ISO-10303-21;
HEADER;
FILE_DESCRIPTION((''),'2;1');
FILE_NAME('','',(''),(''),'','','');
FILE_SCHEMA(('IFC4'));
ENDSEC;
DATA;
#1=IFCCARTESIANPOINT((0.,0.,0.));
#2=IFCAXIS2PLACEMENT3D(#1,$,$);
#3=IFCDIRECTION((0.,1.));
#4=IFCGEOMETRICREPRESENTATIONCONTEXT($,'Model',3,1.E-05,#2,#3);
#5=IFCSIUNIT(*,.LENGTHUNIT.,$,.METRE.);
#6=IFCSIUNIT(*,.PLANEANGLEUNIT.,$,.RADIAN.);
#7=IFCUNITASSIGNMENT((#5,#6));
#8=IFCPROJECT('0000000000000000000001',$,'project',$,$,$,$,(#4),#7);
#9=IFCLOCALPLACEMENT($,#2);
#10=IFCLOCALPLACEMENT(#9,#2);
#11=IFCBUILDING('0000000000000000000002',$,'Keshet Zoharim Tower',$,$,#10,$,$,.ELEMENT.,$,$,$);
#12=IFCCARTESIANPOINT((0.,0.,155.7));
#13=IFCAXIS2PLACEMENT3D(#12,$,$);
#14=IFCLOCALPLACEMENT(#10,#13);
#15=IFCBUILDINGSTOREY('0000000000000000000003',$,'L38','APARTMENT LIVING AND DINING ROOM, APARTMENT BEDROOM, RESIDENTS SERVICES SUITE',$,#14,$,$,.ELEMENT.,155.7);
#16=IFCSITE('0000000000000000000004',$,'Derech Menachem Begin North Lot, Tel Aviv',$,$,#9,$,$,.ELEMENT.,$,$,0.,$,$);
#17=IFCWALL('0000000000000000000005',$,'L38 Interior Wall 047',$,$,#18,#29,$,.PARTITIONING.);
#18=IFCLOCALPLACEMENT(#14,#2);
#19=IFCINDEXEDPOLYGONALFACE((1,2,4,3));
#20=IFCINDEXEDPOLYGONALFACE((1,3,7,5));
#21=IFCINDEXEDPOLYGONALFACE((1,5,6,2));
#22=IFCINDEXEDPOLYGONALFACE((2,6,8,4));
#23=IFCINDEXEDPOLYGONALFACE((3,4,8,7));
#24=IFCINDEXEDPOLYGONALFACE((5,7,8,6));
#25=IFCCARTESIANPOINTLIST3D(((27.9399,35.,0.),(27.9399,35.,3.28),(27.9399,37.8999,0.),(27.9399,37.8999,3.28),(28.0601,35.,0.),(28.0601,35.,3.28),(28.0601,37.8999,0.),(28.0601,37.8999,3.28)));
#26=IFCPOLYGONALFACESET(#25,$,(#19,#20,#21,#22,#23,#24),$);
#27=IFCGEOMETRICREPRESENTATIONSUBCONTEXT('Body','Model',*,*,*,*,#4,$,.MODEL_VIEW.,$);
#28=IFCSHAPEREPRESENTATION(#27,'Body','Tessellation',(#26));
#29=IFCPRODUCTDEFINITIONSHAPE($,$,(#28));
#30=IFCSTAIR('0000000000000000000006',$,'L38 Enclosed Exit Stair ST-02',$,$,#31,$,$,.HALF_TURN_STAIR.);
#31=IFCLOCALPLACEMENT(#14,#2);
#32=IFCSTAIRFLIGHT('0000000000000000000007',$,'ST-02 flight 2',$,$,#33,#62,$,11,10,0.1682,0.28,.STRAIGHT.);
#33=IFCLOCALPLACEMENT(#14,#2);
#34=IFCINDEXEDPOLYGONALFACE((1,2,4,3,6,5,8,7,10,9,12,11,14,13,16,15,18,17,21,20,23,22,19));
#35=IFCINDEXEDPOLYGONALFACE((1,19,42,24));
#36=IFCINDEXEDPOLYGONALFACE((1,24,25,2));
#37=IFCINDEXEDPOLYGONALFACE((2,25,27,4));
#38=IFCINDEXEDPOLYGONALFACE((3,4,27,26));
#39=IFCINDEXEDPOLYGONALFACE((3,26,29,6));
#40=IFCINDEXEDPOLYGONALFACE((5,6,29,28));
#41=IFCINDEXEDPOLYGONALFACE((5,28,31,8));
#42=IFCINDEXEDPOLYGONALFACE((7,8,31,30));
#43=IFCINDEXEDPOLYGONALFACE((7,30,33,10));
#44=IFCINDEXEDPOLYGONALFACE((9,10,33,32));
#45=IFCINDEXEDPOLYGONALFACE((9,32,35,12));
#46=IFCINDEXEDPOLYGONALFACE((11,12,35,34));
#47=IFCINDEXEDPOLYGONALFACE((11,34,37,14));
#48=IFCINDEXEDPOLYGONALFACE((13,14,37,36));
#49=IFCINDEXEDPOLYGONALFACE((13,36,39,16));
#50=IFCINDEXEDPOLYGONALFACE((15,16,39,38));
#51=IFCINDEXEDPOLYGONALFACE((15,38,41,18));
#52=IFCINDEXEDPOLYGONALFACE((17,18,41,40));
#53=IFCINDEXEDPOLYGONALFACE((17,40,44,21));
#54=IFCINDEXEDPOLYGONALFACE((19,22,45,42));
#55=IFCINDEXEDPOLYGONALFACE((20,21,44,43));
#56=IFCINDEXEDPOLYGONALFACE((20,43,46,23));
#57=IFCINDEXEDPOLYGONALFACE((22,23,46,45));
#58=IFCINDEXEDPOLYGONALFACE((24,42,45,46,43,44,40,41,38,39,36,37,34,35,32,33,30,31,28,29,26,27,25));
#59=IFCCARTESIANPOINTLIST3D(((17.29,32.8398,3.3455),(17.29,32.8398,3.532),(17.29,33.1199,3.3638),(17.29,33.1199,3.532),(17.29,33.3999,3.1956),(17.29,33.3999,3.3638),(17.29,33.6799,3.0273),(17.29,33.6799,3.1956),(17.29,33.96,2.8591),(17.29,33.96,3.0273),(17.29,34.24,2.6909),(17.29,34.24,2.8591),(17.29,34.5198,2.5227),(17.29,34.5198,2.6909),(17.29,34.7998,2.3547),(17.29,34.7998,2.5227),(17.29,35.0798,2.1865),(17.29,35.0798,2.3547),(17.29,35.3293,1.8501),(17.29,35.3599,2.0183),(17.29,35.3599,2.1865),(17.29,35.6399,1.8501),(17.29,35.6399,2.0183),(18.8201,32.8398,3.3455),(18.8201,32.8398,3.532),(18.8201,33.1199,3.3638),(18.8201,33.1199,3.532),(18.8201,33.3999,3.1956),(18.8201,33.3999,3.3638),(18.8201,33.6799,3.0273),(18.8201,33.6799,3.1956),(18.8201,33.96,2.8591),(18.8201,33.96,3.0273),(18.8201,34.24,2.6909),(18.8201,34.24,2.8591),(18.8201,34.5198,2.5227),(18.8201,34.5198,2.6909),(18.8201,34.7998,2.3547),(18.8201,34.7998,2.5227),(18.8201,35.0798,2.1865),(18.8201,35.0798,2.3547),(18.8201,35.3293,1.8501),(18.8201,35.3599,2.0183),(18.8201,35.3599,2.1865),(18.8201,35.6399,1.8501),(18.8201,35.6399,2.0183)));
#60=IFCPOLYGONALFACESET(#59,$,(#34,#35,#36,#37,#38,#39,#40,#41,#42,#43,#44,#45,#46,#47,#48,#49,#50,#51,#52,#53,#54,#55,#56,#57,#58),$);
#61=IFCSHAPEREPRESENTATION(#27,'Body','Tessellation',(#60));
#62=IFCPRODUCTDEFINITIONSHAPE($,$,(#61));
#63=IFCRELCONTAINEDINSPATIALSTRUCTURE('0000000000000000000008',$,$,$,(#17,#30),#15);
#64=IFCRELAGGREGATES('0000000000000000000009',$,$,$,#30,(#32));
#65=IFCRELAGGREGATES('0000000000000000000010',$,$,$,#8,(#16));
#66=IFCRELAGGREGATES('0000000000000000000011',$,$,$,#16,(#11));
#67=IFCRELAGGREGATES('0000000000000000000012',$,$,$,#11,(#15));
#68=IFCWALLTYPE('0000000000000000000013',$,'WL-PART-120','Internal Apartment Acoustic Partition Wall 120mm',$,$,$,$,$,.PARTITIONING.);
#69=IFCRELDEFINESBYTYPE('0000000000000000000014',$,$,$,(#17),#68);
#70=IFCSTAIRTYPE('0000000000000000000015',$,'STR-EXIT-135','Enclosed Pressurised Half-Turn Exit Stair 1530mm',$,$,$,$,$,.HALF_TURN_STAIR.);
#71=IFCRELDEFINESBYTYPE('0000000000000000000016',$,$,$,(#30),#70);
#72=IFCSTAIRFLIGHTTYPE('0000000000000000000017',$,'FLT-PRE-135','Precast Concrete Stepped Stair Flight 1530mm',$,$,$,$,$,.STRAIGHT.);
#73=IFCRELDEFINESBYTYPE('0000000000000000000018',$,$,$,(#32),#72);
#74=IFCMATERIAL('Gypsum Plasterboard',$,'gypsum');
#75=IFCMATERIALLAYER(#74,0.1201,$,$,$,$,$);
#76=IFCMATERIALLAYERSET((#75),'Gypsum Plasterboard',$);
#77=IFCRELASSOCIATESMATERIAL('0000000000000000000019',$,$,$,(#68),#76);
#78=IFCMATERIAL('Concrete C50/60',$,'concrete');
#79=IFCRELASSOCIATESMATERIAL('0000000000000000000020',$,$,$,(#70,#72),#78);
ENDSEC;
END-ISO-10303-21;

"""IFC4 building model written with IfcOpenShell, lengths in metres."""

from ifc_helpers import new_model, si_unit, direction, frame, frame_2d, origin, place, context, subcontext, project, spatial, polyline, rectangle, outline, extrude, material, layer, layer_set, type_object, element, aggregate, save


model = new_model("IFC4")

# Units and contexts
model_context = context("Model", 3, precision=1e-05, world=origin(), true_north=direction((0.0, 1.0)))
body_context = subcontext(model_context, "Body", "Model", "MODEL_VIEW")
ifc_project = project(units=[si_unit("LENGTHUNIT", "METRE"), si_unit("PLANEANGLEUNIT", "RADIAN")], contexts=[model_context])

# Site, building, storey
site_placement = place(None, origin())
site = spatial("IfcSite", under=ifc_project, at=site_placement, Name="Derech Menachem Begin North Lot, Tel Aviv", CompositionType="ELEMENT", RefElevation=0.0)
building_placement = place(site_placement, origin())
building = spatial("IfcBuilding", under=site, at=building_placement, Name="Keshet Zoharim Tower", CompositionType="ELEMENT")
storey_placement = place(building_placement, frame((0.0, 0.0, 155.7)))
storey = spatial("IfcBuildingStorey", under=building, at=storey_placement, Name="L38", Description="APARTMENT LIVING AND DINING ROOM, APARTMENT BEDROOM, RESIDENTS SERVICES SUITE", CompositionType="ELEMENT", Elevation=155.7)

# Wall
ifc_material_1 = material(Name="Concrete C50/60", Category="concrete")
ifc_material_2 = material(Name="Gypsum Plasterboard", Category="gypsum")
ifc_layer_1 = layer(ifc_material_2, 0.1201)
ifc_layer_set_1 = layer_set([ifc_layer_1], Name="Gypsum Plasterboard")
wall_type_1 = type_object("IfcWallType", Name="WL-PART-120", Description="Internal Apartment Acoustic Partition Wall 120mm", PredefinedType="PARTITIONING", material=ifc_layer_set_1)
wall_1_placement = place(storey_placement, frame((28.0, 35.0, 0.0), z_axis=(0.0, 0.0, 1.0), x_axis=(0.0, 1.0, 0.0)))
element("IfcWall", 1, at=wall_1_placement, inside=storey, type_object=wall_type_1, Name="L38 Interior Wall 047", PredefinedType="PARTITIONING", context=body_context, shape_type="SweptSolid", body=[
    extrude(rectangle(XDim=2.8999, YDim=0.1201, at=frame_2d((1.45, 0.0))), origin(), (0.0, 0.0, 1.0), 3.28),
])

# Stair, stair flight
stair_type = type_object("IfcStairType", Name="STR-EXIT-135", Description="Enclosed Pressurised Half-Turn Exit Stair 1530mm", PredefinedType="HALF_TURN_STAIR", material=ifc_material_1)
stair_placement = place(storey_placement, origin())
stair = element("IfcStair", 2, at=stair_placement, inside=storey, type_object=stair_type, Name="L38 Enclosed Exit Stair ST-02", PredefinedType="HALF_TURN_STAIR")
stair_flight_type = type_object("IfcStairFlightType", Name="FLT-PRE-135", Description="Precast Concrete Stepped Stair Flight 1530mm", PredefinedType="STRAIGHT", material=ifc_material_1)
stair_flight_placement = place(storey_placement, frame((18.0549, 35.6399, 1.8501), z_axis=(0.0, 0.0, 1.0), x_axis=(0.0, -1.0, 0.0)))
stair_flight = element("IfcStairFlight", 3, at=stair_flight_placement, type_object=stair_flight_type, Name="ST-02 flight 2", NumberOfRisers=11, NumberOfTreads=10, PredefinedType="STRAIGHT", RiserHeight=0.1682, TreadLength=0.28, context=body_context, shape_type="SweptSolid", body=[
    extrude(outline(polyline([(0.0, 0.0), (0.0, 0.1682), (0.28, 0.1682), (0.28, 0.3364), (0.5601, 0.3364), (0.5601, 0.5046), (0.8401, 0.5046), (0.8401, 0.6726), (1.1201, 0.6726), (1.1201, 0.8408), (1.3999, 0.8408), (1.3999, 1.009), (1.6799, 1.009), (1.6799, 1.1772), (1.96, 1.1772), (1.96, 1.3455), (2.24, 1.3455), (2.24, 1.5137), (2.52, 1.5137), (2.52, 1.6819), (2.8, 1.6819), (2.8, 1.8501), (2.8, 1.4954), (0.3105, 0.0), (0.0, 0.0)])), frame((0.0, 0.7651, 0.0), z_axis=(0.0, -1.0, 0.0), x_axis=(1.0, 0.0, 0.0)), (0.0, 0.0, 1.0), 1.53),
])
aggregate(stair, [stair_flight])

save(model, "model.ifc")
